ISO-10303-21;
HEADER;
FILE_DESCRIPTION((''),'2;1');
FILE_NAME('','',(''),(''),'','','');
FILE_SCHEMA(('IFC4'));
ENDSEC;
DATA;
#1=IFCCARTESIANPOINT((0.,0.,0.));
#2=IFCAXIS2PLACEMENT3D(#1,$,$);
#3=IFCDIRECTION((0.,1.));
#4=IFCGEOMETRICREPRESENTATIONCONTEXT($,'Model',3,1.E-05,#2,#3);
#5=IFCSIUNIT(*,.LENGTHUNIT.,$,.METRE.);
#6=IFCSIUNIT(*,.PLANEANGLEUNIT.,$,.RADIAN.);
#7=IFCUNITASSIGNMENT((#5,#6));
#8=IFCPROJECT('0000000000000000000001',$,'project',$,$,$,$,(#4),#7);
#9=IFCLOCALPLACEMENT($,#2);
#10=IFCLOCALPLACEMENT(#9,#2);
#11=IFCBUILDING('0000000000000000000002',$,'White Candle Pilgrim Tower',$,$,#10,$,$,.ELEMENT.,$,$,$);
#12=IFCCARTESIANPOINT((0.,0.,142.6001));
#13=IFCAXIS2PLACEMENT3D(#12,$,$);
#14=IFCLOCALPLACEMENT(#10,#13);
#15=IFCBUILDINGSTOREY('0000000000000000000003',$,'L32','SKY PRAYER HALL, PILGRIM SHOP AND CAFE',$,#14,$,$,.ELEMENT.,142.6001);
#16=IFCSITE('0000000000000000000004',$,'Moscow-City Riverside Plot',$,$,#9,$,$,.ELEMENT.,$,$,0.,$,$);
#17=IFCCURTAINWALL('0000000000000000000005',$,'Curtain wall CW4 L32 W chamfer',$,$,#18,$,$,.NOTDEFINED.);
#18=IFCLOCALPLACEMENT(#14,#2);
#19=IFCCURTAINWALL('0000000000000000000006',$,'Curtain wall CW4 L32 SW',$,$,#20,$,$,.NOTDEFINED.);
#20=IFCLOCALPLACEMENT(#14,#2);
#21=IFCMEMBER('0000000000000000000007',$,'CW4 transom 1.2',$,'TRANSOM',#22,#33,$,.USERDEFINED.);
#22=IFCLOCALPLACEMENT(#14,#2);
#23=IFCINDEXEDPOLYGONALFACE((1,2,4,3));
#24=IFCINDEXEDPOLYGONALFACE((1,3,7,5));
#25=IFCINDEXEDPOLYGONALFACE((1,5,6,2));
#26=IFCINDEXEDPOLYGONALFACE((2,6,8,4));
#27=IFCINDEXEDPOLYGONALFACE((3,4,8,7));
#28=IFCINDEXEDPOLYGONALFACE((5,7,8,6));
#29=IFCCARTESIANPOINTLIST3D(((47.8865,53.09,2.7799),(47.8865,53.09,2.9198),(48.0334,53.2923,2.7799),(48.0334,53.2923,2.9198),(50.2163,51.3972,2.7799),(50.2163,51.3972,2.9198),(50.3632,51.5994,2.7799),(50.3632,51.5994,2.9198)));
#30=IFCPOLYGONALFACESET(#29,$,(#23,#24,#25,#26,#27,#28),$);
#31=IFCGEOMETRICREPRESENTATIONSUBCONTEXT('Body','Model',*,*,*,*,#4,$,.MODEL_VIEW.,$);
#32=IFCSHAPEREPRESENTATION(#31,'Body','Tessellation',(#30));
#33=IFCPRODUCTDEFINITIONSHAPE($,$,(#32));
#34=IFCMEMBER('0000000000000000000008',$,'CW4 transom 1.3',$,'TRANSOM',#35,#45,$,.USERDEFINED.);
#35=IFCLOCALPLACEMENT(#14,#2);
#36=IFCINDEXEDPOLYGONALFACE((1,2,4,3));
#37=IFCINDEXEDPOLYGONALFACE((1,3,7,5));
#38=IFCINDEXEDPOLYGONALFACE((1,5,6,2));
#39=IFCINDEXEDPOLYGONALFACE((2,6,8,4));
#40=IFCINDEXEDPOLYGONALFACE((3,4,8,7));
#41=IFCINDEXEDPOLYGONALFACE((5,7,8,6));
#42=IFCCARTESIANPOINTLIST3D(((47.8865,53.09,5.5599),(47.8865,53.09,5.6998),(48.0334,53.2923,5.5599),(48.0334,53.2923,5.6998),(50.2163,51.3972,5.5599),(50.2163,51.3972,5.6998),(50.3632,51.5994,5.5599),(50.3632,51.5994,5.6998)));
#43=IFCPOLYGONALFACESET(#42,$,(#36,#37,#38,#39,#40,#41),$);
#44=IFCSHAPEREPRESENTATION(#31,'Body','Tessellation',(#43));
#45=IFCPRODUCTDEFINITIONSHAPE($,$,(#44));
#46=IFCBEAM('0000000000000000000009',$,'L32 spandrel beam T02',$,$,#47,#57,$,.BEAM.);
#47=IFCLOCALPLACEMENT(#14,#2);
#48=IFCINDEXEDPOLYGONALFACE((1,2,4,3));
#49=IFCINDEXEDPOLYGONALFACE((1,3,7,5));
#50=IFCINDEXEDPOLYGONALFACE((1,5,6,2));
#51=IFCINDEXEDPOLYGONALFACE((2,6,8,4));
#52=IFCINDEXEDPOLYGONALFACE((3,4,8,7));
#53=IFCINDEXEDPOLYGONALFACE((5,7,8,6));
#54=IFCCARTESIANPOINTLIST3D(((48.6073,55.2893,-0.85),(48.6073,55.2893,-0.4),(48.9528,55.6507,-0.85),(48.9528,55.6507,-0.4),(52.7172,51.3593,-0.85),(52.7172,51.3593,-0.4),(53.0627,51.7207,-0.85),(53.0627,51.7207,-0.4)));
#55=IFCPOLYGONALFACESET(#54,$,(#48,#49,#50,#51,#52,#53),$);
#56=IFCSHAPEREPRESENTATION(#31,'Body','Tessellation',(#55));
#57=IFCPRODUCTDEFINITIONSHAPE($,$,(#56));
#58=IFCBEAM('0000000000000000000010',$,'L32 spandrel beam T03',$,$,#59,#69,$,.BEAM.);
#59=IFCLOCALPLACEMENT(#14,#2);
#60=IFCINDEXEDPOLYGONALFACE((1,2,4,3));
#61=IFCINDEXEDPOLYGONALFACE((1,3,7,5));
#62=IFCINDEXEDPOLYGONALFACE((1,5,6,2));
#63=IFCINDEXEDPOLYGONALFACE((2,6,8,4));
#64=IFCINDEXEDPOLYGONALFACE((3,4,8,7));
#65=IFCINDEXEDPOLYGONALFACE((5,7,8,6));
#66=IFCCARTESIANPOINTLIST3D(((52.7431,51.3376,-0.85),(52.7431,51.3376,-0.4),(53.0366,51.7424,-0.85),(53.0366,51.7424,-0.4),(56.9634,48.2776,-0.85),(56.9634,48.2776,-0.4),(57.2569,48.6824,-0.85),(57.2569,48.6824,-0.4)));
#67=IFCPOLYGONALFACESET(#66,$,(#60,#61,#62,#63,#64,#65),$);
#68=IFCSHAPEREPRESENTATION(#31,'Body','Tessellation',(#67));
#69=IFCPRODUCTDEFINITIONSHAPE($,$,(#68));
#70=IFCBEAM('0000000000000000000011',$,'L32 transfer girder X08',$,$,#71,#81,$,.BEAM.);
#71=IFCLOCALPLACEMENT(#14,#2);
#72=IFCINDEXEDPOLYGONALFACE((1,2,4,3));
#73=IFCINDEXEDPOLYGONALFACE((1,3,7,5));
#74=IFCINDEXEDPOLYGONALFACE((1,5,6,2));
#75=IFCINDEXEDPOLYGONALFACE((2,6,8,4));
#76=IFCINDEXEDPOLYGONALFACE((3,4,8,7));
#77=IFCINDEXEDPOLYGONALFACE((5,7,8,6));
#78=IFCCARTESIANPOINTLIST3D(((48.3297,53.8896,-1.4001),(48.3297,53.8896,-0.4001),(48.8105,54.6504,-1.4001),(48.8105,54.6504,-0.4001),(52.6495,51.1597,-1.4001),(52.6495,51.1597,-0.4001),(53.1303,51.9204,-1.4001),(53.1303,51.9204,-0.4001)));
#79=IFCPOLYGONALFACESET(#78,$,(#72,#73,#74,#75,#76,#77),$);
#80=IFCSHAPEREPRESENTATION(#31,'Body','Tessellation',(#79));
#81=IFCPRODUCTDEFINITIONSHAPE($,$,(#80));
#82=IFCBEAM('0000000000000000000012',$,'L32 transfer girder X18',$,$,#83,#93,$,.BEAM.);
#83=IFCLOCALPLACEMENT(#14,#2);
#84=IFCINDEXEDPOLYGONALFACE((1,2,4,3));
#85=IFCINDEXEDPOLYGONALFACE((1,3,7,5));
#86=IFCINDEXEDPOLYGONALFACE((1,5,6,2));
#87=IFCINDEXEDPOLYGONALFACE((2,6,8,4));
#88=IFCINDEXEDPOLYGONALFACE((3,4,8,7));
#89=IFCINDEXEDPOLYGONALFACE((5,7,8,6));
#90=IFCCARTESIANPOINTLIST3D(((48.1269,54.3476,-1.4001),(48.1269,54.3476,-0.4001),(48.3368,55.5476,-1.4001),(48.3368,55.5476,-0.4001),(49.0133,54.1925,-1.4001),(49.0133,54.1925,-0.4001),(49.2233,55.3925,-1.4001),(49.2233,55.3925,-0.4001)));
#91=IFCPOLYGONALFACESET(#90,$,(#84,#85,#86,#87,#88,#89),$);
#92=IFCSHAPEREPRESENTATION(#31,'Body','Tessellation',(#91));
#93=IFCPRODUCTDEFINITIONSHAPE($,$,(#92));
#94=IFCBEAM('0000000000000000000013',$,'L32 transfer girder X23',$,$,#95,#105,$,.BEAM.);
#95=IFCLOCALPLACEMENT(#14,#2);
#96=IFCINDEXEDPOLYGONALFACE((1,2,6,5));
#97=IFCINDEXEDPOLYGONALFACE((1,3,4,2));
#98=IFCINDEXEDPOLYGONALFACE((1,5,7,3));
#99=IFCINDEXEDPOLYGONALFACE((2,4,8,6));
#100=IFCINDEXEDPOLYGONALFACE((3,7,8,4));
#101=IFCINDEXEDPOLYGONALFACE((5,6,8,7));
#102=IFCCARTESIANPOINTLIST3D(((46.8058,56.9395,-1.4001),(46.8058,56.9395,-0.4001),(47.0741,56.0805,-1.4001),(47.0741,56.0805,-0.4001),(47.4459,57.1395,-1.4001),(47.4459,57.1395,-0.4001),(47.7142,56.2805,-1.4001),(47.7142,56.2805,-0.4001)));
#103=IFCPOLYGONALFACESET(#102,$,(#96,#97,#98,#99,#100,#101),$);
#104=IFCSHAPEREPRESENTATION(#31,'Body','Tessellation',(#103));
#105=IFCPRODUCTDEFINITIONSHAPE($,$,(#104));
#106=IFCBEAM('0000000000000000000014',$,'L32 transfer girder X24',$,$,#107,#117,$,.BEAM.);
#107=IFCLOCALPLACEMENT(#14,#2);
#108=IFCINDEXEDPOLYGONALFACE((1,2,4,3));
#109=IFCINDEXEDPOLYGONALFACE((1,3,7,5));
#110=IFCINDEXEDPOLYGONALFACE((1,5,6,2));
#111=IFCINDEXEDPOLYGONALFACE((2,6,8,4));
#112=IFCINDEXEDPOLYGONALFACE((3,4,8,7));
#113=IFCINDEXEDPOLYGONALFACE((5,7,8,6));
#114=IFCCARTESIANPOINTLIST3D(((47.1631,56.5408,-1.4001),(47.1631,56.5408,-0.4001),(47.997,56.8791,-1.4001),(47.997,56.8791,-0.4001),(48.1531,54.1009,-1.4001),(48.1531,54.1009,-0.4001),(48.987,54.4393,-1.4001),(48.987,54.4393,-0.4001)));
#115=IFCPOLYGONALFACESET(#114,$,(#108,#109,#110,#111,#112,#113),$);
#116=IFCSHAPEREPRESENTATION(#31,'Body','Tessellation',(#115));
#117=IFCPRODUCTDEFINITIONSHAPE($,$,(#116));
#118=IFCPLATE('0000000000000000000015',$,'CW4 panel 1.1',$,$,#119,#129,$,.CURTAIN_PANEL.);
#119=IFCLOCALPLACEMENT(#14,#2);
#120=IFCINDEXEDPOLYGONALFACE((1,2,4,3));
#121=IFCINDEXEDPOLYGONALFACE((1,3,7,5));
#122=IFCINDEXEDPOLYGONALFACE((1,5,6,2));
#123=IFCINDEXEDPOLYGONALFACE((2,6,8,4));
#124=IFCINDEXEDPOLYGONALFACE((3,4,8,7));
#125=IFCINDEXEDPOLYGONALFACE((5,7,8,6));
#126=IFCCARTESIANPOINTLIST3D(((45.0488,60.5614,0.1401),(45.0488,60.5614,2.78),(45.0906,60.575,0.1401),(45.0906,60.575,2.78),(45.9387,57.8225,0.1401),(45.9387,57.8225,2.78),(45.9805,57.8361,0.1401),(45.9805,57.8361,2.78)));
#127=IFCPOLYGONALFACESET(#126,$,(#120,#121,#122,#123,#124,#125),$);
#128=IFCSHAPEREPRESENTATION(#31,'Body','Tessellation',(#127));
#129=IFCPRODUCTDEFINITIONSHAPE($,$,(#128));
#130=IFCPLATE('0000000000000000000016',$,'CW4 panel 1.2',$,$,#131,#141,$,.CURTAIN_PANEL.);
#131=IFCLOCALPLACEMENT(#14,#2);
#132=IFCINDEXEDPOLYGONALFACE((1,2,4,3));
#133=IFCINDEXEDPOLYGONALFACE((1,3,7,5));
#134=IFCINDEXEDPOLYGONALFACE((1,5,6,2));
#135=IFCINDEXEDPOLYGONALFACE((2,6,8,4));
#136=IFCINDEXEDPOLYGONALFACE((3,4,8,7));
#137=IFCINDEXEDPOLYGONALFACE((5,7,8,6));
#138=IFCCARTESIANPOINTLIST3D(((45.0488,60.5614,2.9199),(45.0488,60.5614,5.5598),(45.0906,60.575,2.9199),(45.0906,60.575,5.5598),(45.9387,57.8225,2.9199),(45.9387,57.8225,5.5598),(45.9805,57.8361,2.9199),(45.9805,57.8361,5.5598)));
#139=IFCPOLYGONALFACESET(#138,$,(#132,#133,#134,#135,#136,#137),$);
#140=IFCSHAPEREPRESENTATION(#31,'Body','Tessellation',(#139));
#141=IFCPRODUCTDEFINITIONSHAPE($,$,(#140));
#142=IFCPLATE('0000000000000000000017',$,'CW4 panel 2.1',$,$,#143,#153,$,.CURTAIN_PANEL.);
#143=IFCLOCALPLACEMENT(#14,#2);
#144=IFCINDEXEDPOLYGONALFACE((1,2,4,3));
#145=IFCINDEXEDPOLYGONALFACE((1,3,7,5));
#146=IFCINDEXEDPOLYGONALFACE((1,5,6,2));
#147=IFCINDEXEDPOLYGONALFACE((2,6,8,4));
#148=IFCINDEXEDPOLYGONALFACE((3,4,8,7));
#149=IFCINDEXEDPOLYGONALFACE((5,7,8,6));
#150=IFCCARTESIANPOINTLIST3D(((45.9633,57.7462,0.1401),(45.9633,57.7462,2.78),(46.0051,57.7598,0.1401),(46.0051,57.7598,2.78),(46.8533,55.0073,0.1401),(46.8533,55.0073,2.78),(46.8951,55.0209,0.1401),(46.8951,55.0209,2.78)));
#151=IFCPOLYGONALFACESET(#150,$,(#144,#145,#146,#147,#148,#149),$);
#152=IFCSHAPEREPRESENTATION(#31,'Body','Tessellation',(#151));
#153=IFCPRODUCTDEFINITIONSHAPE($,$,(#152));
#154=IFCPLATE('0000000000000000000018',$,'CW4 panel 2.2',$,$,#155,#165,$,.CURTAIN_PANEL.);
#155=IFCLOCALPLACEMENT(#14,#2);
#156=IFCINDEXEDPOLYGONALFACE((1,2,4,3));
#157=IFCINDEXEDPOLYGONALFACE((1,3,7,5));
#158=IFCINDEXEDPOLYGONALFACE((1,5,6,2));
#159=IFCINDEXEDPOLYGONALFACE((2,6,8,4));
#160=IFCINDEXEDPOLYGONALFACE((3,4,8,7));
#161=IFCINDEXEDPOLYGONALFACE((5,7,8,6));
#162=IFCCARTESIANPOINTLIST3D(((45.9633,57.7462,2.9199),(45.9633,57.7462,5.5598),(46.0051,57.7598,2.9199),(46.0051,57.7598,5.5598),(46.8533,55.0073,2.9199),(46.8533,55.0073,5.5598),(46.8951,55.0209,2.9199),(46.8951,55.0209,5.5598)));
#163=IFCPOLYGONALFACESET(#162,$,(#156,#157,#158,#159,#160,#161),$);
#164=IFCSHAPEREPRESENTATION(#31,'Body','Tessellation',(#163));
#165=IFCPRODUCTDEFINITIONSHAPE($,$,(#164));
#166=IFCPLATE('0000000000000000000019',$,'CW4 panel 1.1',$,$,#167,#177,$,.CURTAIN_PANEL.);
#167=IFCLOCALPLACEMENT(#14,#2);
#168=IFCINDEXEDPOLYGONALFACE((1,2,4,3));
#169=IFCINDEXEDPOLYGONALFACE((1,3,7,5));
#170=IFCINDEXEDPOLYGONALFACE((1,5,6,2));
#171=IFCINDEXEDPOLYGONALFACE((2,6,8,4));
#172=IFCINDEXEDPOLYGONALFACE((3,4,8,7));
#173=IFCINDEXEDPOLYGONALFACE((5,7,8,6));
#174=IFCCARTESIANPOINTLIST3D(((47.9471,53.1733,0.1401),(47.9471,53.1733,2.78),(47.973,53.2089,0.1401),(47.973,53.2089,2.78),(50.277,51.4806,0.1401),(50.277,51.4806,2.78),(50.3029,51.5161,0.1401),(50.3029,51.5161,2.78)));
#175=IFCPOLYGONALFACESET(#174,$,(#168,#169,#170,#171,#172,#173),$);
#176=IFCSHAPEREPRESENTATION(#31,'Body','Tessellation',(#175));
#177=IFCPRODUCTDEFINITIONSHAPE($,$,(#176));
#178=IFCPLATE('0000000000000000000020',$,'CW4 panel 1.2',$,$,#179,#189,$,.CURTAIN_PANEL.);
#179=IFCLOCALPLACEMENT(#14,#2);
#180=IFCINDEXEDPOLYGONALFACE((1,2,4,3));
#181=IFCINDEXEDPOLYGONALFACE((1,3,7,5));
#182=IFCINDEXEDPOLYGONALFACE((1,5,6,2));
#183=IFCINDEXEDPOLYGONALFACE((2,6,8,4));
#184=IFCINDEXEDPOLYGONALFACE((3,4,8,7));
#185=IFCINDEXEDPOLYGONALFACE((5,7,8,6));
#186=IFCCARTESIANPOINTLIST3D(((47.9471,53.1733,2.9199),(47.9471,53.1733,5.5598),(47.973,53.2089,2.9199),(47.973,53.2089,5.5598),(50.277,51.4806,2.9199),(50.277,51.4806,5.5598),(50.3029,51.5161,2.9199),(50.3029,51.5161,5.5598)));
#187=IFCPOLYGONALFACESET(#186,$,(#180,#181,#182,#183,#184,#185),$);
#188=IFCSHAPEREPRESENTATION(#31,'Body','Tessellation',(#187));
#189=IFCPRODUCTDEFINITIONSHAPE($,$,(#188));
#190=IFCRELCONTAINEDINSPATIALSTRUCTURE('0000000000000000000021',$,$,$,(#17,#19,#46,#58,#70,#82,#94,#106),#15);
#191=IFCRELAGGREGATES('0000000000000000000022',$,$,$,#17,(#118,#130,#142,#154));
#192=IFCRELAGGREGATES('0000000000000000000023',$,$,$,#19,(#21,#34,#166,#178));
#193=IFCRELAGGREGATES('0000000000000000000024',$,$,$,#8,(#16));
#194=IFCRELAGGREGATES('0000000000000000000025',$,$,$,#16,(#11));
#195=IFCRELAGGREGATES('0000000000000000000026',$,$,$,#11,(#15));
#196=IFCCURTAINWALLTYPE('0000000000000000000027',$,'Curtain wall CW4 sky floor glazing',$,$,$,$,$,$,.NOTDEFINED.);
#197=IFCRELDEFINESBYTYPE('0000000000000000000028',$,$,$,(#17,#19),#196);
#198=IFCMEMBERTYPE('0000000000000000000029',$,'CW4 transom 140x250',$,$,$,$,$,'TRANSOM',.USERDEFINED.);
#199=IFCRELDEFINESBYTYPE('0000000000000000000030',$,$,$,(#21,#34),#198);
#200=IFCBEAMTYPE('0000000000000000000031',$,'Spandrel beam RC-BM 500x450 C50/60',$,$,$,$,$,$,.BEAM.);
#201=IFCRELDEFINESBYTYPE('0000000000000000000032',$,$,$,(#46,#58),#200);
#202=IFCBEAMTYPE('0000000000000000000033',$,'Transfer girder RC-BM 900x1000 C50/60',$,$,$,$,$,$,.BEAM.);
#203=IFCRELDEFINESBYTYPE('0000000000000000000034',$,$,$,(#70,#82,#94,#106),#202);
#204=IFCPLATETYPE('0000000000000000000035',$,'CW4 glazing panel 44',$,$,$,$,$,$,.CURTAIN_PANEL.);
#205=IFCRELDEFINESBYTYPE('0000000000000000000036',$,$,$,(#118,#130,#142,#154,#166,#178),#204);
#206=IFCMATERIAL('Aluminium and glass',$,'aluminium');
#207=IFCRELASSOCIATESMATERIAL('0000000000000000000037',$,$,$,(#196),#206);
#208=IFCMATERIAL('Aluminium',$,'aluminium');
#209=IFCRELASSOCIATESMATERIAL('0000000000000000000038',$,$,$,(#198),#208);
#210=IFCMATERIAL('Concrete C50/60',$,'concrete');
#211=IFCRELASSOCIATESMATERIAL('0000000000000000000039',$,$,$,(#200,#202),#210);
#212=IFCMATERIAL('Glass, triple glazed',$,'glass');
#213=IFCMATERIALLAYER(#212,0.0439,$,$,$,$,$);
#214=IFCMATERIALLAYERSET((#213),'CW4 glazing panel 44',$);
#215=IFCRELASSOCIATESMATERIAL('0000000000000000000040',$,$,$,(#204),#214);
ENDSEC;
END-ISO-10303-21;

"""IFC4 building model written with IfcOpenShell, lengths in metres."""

from ifc_helpers import new_model, si_unit, direction, frame, origin, origin_2d, place, context, subcontext, project, spatial, rectangle, extrude, material, layer, layer_set, material_profile, profile_set, type_object, element, aggregate, save


model = new_model("IFC4")

# Units and contexts
model_context = context("Model", 3, precision=1e-05, world=origin(), true_north=direction((0.0, 1.0)))
body_context = subcontext(model_context, "Body", "Model", "MODEL_VIEW")
ifc_project = project(units=[si_unit("LENGTHUNIT", "METRE"), si_unit("PLANEANGLEUNIT", "RADIAN")], contexts=[model_context])

# Site, building, storey
site_placement = place(None, origin())
site = spatial("IfcSite", under=ifc_project, at=site_placement, Name="Moscow-City Riverside Plot", CompositionType="ELEMENT", RefElevation=0.0)
building_placement = place(site_placement, origin())
building = spatial("IfcBuilding", under=site, at=building_placement, Name="White Candle Pilgrim Tower", CompositionType="ELEMENT")
storey_placement = place(building_placement, frame((0.0, 0.0, 142.6001)))
storey = spatial("IfcBuildingStorey", under=building, at=storey_placement, Name="L32", Description="SKY PRAYER HALL, PILGRIM SHOP AND CAFE", CompositionType="ELEMENT", Elevation=142.6001)

# Curtain wall
ifc_material_1 = material(Name="Aluminium and glass", Category="aluminium")
curtain_wall_type = type_object("IfcCurtainWallType", Name="Curtain wall CW4 sky floor glazing", PredefinedType="NOTDEFINED", material=ifc_material_1)
curtain_wall_1_placement = place(storey_placement, origin())
curtain_wall_1 = element("IfcCurtainWall", 1, at=curtain_wall_1_placement, inside=storey, type_object=curtain_wall_type, Name="Curtain wall CW4 L32 W chamfer", PredefinedType="NOTDEFINED")
ifc_material_2 = material(Name="Aluminium", Category="aluminium")

# Curtain wall
curtain_wall_2_placement = place(storey_placement, origin())
curtain_wall_2 = element("IfcCurtainWall", 2, at=curtain_wall_2_placement, inside=storey, type_object=curtain_wall_type, Name="Curtain wall CW4 L32 SW", PredefinedType="NOTDEFINED")

# Members
ifc_material_profile_1 = material_profile(ifc_material_2, rectangle(XDim=0.25, YDim=0.1399, at=origin_2d()), Name="CW4 transom 140x250")
ifc_profile_set_1 = profile_set([ifc_material_profile_1], Name="Aluminium")
member_type_1 = type_object("IfcMemberType", Name="CW4 transom 140x250", ElementType="TRANSOM", PredefinedType="USERDEFINED", material=ifc_profile_set_1)
member_1_placement = place(storey_placement, frame((47.96, 53.1912, 2.8499), z_axis=(0.808993, -0.587819, 0.0), x_axis=(0.587819, 0.808993, 0.0)))
member_1 = element("IfcMember", 3, at=member_1_placement, type_object=member_type_1, Name="CW4 transom 1.2", ObjectType="TRANSOM", PredefinedType="USERDEFINED", context=body_context, shape_type="SweptSolid", body=[
    extrude(rectangle(XDim=0.25, YDim=0.1399, at=origin_2d()), origin(), (0.0, 0.0, 1.0), 2.8799),
])
member_2_placement = place(storey_placement, frame((47.96, 53.1912, 5.6299), z_axis=(0.808993, -0.587819, 0.0), x_axis=(0.587819, 0.808993, 0.0)))
member_2 = element("IfcMember", 4, at=member_2_placement, type_object=member_type_1, Name="CW4 transom 1.3", ObjectType="TRANSOM", PredefinedType="USERDEFINED", context=body_context, shape_type="SweptSolid", body=[
    extrude(rectangle(XDim=0.25, YDim=0.1399, at=origin_2d()), origin(), (0.0, 0.0, 1.0), 2.8799),
])

# Beams
ifc_material_3 = material(Name="Concrete C50/60", Category="concrete")
ifc_material_profile_2 = material_profile(ifc_material_3, rectangle(XDim=0.5, YDim=0.45, at=origin_2d()), Name="RC-BM 500x450")
ifc_profile_set_2 = profile_set([ifc_material_profile_2], Name="Concrete C50/60")
beam_type_1 = type_object("IfcBeamType", Name="Spandrel beam RC-BM 500x450 C50/60", PredefinedType="BEAM", material=ifc_profile_set_2)
beam_1_placement = place(storey_placement, frame((48.78, 55.47, -0.625), z_axis=(0.722751, -0.691109, 0.0), x_axis=(0.691109, 0.722751, 0.0)))
element("IfcBeam", 5, at=beam_1_placement, inside=storey, type_object=beam_type_1, Name="L32 spandrel beam T02", PredefinedType="BEAM", context=body_context, shape_type="SweptSolid", body=[
    extrude(rectangle(XDim=0.5, YDim=0.45, at=origin_2d()), origin(), (0.0, 0.0, 1.0), 5.6865),
])
beam_2_placement = place(storey_placement, frame((52.8899, 51.54, -0.625), z_axis=(0.809574, -0.587018, 0.0), x_axis=(0.587018, 0.809574, 0.0)))
element("IfcBeam", 6, at=beam_2_placement, inside=storey, type_object=beam_type_1, Name="L32 spandrel beam T03", PredefinedType="BEAM", context=body_context, shape_type="SweptSolid", body=[
    extrude(rectangle(XDim=0.5, YDim=0.45, at=origin_2d()), origin(), (0.0, 0.0, 1.0), 5.2129),
])
ifc_material_profile_3 = material_profile(ifc_material_3, rectangle(XDim=0.8999, YDim=1.0, at=origin_2d()), Name="RC-BM 900x1000")
ifc_profile_set_3 = profile_set([ifc_material_profile_3], Name="Concrete C50/60")
beam_type_2 = type_object("IfcBeamType", Name="Transfer girder RC-BM 900x1000 C50/60", PredefinedType="BEAM", material=ifc_profile_set_3)
beam_3_placement = place(storey_placement, frame((52.8899, 51.54, -0.9001), z_axis=(-0.845341, 0.534227, 0.0), x_axis=(-0.534227, -0.845341, 0.0)))
element("IfcBeam", 7, at=beam_3_placement, inside=storey, type_object=beam_type_2, Name="L32 transfer girder X08", PredefinedType="BEAM", context=body_context, shape_type="SweptSolid", body=[
    extrude(rectangle(XDim=0.8999, YDim=1.0, at=origin_2d()), origin(), (0.0, 0.0, 1.0), 5.1101),
])
beam_4_placement = place(storey_placement, frame((48.5701, 54.27, -0.9001), z_axis=(0.172356, 0.985035, 0.0), x_axis=(-0.985035, 0.172356, 0.0)))
element("IfcBeam", 8, at=beam_4_placement, inside=storey, type_object=beam_type_2, Name="L32 transfer girder X18", PredefinedType="BEAM", context=body_context, shape_type="SweptSolid", body=[
    extrude(rectangle(XDim=0.8999, YDim=1.0, at=origin_2d()), origin(), (0.0, 0.0, 1.0), 1.2183),
])
beam_5_placement = place(storey_placement, frame((46.9399, 56.51, -0.9001), z_axis=(0.954519, 0.298151, 0.0), x_axis=(-0.298151, 0.954519, 0.0)))
element("IfcBeam", 9, at=beam_5_placement, inside=storey, type_object=beam_type_2, Name="L32 transfer girder X23", PredefinedType="BEAM", context=body_context, shape_type="SweptSolid", body=[
    extrude(rectangle(XDim=0.8999, YDim=1.0, at=origin_2d()), origin(), (0.0, 0.0, 1.0), 0.6707),
])
beam_6_placement = place(storey_placement, frame((47.5801, 56.71, -0.9001), z_axis=(0.375974, -0.92663, 0.0), x_axis=(0.92663, 0.375974, 0.0)))
element("IfcBeam", 10, at=beam_6_placement, inside=storey, type_object=beam_type_2, Name="L32 transfer girder X24", PredefinedType="BEAM", context=body_context, shape_type="SweptSolid", body=[
    extrude(rectangle(XDim=0.8999, YDim=1.0, at=origin_2d()), origin(), (0.0, 0.0, 1.0), 2.6331),
])

# Plates
ifc_material_4 = material(Name="Glass, triple glazed", Category="glass")
ifc_layer_1 = layer(ifc_material_4, 0.0439)
ifc_layer_set_1 = layer_set([ifc_layer_1], Name="CW4 glazing panel 44")
plate_type = type_object("IfcPlateType", Name="CW4 glazing panel 44", PredefinedType="CURTAIN_PANEL", material=ifc_layer_set_1)
plate_1_placement = place(storey_placement, frame((45.5146, 59.1987, 0.1401), z_axis=(0.0, 0.0, 1.0), x_axis=(0.309017, -0.951057, 0.0)))
plate_1 = element("IfcPlate", 11, at=plate_1_placement, type_object=plate_type, Name="CW4 panel 1.1", PredefinedType="CURTAIN_PANEL", context=body_context, shape_type="SweptSolid", body=[
    extrude(rectangle(XDim=2.8799, YDim=0.0439, at=origin_2d()), origin(), (0.0, 0.0, 1.0), 2.6399),
])
plate_2_placement = place(storey_placement, frame((45.5146, 59.1987, 2.9199), z_axis=(0.0, 0.0, 1.0), x_axis=(0.309017, -0.951057, 0.0)))
plate_2 = element("IfcPlate", 12, at=plate_2_placement, type_object=plate_type, Name="CW4 panel 1.2", PredefinedType="CURTAIN_PANEL", context=body_context, shape_type="SweptSolid", body=[
    extrude(rectangle(XDim=2.8799, YDim=0.0439, at=origin_2d()), origin(), (0.0, 0.0, 1.0), 2.6399),
])
plate_3_placement = place(storey_placement, frame((46.4292, 56.3835, 0.1401), z_axis=(0.0, 0.0, 1.0), x_axis=(0.309017, -0.951057, 0.0)))
plate_3 = element("IfcPlate", 13, at=plate_3_placement, type_object=plate_type, Name="CW4 panel 2.1", PredefinedType="CURTAIN_PANEL", context=body_context, shape_type="SweptSolid", body=[
    extrude(rectangle(XDim=2.8799, YDim=0.0439, at=origin_2d()), origin(), (0.0, 0.0, 1.0), 2.6399),
])
plate_4_placement = place(storey_placement, frame((46.4292, 56.3835, 2.9199), z_axis=(0.0, 0.0, 1.0), x_axis=(0.309017, -0.951057, 0.0)))
plate_4 = element("IfcPlate", 14, at=plate_4_placement, type_object=plate_type, Name="CW4 panel 2.2", PredefinedType="CURTAIN_PANEL", context=body_context, shape_type="SweptSolid", body=[
    extrude(rectangle(XDim=2.8799, YDim=0.0439, at=origin_2d()), origin(), (0.0, 0.0, 1.0), 2.6399),
])
aggregate(curtain_wall_1, [plate_1, plate_2, plate_3, plate_4])
plate_5_placement = place(storey_placement, frame((49.125, 52.3447, 0.1401), z_axis=(0.0, 0.0, 1.0), x_axis=(0.809017, -0.587785, 0.0)))
plate_5 = element("IfcPlate", 15, at=plate_5_placement, type_object=plate_type, Name="CW4 panel 1.1", PredefinedType="CURTAIN_PANEL", context=body_context, shape_type="SweptSolid", body=[
    extrude(rectangle(XDim=2.8799, YDim=0.0439, at=origin_2d()), origin(), (0.0, 0.0, 1.0), 2.6399),
])
plate_6_placement = place(storey_placement, frame((49.125, 52.3447, 2.9199), z_axis=(0.0, 0.0, 1.0), x_axis=(0.809017, -0.587785, 0.0)))
plate_6 = element("IfcPlate", 16, at=plate_6_placement, type_object=plate_type, Name="CW4 panel 1.2", PredefinedType="CURTAIN_PANEL", context=body_context, shape_type="SweptSolid", body=[
    extrude(rectangle(XDim=2.8799, YDim=0.0439, at=origin_2d()), origin(), (0.0, 0.0, 1.0), 2.6399),
])
aggregate(curtain_wall_2, [member_1, member_2, plate_5, plate_6])

save(model, "model.ifc")
